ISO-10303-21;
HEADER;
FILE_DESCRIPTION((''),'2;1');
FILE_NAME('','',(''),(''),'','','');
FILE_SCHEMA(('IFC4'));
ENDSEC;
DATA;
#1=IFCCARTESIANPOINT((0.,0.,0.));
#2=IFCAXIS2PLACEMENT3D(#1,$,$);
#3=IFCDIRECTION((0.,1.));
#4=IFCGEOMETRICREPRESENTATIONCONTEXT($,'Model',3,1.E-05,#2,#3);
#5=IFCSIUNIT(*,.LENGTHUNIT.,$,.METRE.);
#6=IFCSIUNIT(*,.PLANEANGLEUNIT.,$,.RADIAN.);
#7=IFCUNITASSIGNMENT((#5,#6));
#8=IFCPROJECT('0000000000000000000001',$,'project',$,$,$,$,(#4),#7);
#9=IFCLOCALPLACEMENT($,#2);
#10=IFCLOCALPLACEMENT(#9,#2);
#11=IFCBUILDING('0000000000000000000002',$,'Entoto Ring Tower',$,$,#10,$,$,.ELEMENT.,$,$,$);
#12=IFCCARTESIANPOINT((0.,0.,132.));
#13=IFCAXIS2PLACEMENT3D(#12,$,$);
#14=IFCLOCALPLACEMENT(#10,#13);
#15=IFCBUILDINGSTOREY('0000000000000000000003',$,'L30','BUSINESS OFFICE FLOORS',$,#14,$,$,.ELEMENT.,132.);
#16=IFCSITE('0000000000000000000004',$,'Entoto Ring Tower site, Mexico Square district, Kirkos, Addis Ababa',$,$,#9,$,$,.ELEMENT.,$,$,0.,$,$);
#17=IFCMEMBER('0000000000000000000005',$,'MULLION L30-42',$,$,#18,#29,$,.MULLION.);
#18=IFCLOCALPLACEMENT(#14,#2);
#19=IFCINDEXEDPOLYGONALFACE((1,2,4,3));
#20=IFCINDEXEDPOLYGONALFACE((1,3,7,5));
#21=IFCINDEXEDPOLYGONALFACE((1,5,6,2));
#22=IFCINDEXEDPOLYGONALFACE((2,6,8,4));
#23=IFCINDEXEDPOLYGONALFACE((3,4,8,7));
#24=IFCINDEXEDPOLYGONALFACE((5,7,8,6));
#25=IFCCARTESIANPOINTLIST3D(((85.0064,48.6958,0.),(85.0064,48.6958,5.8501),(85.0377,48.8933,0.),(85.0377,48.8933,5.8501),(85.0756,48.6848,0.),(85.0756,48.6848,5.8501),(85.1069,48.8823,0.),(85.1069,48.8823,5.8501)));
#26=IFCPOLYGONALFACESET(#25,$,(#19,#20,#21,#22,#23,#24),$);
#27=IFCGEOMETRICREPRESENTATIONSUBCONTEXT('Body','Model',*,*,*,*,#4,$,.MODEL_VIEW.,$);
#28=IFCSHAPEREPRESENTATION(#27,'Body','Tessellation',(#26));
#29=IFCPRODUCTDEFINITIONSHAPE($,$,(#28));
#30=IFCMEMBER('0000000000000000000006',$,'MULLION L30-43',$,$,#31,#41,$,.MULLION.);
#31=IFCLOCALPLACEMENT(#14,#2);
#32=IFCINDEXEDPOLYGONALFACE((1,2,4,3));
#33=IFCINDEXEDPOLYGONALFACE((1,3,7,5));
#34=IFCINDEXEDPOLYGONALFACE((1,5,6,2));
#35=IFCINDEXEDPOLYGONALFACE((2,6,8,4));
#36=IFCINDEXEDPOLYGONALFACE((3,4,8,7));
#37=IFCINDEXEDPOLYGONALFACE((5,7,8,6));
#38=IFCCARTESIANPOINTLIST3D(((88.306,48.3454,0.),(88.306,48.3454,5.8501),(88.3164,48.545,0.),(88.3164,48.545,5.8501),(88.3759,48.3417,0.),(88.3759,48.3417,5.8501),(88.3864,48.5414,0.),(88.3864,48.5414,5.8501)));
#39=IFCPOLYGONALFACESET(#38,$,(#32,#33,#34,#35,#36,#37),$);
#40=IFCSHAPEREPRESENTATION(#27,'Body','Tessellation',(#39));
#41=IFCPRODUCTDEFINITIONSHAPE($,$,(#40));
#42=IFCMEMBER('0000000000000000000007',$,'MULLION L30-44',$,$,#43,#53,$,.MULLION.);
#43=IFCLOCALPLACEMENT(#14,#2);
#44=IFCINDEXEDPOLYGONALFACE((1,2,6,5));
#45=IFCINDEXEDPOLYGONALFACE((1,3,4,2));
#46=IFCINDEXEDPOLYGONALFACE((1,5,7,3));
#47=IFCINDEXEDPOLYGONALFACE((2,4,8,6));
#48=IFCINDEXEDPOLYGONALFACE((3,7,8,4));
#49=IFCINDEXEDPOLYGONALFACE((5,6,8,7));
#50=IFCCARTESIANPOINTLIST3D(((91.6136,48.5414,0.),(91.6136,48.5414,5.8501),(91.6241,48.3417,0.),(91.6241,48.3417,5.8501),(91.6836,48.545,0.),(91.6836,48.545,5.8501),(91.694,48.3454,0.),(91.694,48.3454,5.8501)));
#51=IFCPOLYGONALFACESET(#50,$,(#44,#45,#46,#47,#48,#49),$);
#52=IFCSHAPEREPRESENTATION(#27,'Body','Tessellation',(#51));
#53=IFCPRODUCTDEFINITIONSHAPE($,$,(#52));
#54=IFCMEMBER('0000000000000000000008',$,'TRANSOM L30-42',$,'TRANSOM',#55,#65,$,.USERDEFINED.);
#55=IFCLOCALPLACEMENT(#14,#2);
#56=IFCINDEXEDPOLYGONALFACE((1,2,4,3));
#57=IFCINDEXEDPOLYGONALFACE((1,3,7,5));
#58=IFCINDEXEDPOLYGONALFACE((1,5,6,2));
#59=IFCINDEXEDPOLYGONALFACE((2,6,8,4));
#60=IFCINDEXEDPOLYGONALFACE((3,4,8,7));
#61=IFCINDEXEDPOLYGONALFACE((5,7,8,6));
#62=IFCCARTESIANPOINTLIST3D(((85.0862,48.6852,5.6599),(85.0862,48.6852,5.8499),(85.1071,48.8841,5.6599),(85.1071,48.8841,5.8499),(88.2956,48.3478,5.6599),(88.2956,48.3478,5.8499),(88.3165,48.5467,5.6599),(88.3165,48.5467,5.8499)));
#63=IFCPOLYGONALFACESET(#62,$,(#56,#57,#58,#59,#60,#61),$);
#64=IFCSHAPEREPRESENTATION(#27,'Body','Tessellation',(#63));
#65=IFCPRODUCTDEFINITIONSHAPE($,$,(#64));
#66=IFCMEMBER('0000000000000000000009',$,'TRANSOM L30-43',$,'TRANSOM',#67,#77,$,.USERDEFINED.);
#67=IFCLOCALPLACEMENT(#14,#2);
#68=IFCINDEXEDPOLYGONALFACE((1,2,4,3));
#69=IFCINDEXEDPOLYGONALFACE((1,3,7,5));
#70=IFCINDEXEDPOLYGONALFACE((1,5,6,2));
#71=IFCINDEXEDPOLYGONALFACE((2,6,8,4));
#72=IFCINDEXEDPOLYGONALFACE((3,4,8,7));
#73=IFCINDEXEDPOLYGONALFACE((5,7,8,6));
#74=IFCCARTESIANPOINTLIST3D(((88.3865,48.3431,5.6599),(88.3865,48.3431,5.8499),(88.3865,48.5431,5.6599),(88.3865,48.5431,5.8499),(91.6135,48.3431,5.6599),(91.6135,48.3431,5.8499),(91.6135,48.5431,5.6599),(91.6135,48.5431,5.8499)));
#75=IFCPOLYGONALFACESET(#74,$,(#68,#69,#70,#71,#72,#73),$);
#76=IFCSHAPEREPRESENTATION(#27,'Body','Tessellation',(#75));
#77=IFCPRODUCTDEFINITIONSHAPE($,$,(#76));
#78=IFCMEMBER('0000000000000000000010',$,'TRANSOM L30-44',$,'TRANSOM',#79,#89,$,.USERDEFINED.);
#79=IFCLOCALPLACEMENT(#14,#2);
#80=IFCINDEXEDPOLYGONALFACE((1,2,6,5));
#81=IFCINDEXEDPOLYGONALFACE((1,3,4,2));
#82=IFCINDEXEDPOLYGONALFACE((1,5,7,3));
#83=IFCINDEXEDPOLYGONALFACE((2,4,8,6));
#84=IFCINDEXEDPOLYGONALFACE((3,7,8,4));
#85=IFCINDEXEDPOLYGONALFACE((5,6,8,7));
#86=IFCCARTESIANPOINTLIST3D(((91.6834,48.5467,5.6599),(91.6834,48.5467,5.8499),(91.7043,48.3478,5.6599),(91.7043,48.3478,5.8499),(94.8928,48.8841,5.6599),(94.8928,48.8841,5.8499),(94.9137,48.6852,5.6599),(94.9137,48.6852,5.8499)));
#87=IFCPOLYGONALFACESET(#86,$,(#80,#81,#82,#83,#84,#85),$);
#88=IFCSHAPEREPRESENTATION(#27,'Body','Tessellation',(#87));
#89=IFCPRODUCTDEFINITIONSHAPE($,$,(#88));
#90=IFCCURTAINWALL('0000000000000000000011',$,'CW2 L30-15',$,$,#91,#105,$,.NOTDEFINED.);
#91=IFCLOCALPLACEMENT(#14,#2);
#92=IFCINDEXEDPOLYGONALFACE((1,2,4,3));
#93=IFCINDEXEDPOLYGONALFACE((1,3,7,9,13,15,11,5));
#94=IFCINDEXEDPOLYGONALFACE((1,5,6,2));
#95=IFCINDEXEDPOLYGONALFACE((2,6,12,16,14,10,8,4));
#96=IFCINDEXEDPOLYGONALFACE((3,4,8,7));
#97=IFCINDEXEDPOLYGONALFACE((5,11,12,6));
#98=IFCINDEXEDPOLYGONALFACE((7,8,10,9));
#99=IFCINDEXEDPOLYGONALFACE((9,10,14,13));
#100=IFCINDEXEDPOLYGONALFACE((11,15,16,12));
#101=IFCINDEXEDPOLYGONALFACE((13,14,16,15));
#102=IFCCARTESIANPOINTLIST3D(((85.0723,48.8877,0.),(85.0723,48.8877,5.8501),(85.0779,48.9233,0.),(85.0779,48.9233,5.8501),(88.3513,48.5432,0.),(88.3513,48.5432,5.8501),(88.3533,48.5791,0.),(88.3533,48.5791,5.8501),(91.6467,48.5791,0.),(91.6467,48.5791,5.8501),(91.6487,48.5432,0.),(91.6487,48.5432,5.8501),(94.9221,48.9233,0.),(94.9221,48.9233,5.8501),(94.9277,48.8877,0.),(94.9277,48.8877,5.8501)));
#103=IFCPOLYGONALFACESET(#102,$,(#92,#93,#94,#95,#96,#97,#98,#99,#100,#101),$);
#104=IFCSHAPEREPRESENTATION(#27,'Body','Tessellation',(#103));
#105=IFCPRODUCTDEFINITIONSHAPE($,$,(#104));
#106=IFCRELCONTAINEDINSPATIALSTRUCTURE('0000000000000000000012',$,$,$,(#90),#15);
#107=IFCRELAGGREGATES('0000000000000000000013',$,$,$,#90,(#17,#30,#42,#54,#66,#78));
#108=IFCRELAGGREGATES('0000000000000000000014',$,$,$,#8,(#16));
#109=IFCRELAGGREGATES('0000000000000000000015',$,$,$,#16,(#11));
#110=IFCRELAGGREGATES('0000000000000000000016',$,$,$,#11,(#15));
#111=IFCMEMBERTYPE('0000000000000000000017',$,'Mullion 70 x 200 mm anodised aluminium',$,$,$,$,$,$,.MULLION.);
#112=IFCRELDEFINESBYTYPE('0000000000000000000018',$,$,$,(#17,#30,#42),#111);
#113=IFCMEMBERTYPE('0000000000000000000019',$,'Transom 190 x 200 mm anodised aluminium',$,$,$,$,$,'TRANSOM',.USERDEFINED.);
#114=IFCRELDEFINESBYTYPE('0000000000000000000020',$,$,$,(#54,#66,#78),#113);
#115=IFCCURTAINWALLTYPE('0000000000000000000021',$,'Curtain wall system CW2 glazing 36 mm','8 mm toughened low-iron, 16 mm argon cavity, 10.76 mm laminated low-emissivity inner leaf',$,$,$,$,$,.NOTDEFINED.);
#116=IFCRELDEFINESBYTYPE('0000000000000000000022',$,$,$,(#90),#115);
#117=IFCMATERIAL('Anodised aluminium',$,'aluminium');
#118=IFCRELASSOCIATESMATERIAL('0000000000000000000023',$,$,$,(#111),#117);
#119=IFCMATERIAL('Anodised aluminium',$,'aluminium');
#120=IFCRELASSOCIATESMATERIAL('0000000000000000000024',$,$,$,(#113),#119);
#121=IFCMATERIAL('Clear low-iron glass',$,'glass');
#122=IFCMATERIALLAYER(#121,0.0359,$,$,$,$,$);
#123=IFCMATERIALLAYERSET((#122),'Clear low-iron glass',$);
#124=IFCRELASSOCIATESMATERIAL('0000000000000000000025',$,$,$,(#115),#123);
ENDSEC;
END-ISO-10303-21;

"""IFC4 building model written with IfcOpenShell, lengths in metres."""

from ifc_helpers import new_model, si_unit, direction, frame, origin, origin_2d, place, context, subcontext, project, spatial, polyline, rectangle, outline, extrude, material, layer, layer_set, material_profile, profile_set, type_object, element, aggregate, save


model = new_model("IFC4")

# Units and contexts
model_context = context("Model", 3, precision=1e-05, world=origin(), true_north=direction((0.0, 1.0)))
body_context = subcontext(model_context, "Body", "Model", "MODEL_VIEW")
ifc_project = project(units=[si_unit("LENGTHUNIT", "METRE"), si_unit("PLANEANGLEUNIT", "RADIAN")], contexts=[model_context])

# Members
ifc_material_1 = material(Name="Anodised aluminium", Category="aluminium")
ifc_material_profile_1 = material_profile(ifc_material_1, rectangle(XDim=0.0701, YDim=0.2, at=origin_2d()), Name="Mullion 70 x 200 mm anodised aluminium")
ifc_profile_set_1 = profile_set([ifc_material_profile_1], Name="Anodised aluminium")
member_type_1 = type_object("IfcMemberType", Name="Mullion 70 x 200 mm anodised aluminium", PredefinedType="MULLION", material=ifc_profile_set_1)
site_placement = place(None, origin())
building_placement = place(site_placement, origin())
storey_placement = place(building_placement, frame((0.0, 0.0, 132.0)))
member_1_placement = place(storey_placement, frame((85.0566, 48.7891, 0.0), z_axis=(0.0, 0.0, 1.0), x_axis=(0.987688, -0.156434, 0.0)))
member_1 = element("IfcMember", 1, at=member_1_placement, type_object=member_type_1, Name="MULLION L30-42", PredefinedType="MULLION", context=body_context, shape_type="SweptSolid", body=[
    extrude(rectangle(XDim=0.0701, YDim=0.2, at=origin_2d()), origin(), (0.0, 0.0, 1.0), 5.8501),
])
member_2_placement = place(storey_placement, frame((88.3462, 48.4434, 0.0), z_axis=(0.0, 0.0, 1.0), x_axis=(0.99863, -0.052336, 0.0)))
member_2 = element("IfcMember", 2, at=member_2_placement, type_object=member_type_1, Name="MULLION L30-43", PredefinedType="MULLION", context=body_context, shape_type="SweptSolid", body=[
    extrude(rectangle(XDim=0.0701, YDim=0.2, at=origin_2d()), origin(), (0.0, 0.0, 1.0), 5.8501),
])
member_3_placement = place(storey_placement, frame((91.6538, 48.4434, 0.0), z_axis=(0.0, 0.0, 1.0), x_axis=(0.99863, 0.052336, 0.0)))
member_3 = element("IfcMember", 3, at=member_3_placement, type_object=member_type_1, Name="MULLION L30-44", PredefinedType="MULLION", context=body_context, shape_type="SweptSolid", body=[
    extrude(rectangle(XDim=0.0701, YDim=0.2, at=origin_2d()), origin(), (0.0, 0.0, 1.0), 5.8501),
])
ifc_material_2 = material(Name="Anodised aluminium", Category="aluminium")
ifc_material_profile_2 = material_profile(ifc_material_2, rectangle(XDim=0.2, YDim=0.1899, at=origin_2d()), Name="Transom 190 x 200 mm anodised aluminium")
ifc_profile_set_2 = profile_set([ifc_material_profile_2], Name="Anodised aluminium")
member_type_2 = type_object("IfcMemberType", Name="Transom 190 x 200 mm anodised aluminium", ElementType="TRANSOM", PredefinedType="USERDEFINED", material=ifc_profile_set_2)
member_4_placement = place(storey_placement, frame((85.0967, 48.7847, 5.7549), z_axis=(0.99452, -0.104551, 0.0), x_axis=(0.104551, 0.99452, 0.0)))
member_4 = element("IfcMember", 4, at=member_4_placement, type_object=member_type_2, Name="TRANSOM L30-42", ObjectType="TRANSOM", PredefinedType="USERDEFINED", context=body_context, shape_type="SweptSolid", body=[
    extrude(rectangle(XDim=0.2, YDim=0.1899, at=origin_2d()), origin(), (0.0, 0.0, 1.0), 3.2271),
])
member_5_placement = place(storey_placement, frame((88.3865, 48.4431, 5.7549), z_axis=(1.0, 0.0, 0.0), x_axis=(0.0, 1.0, 0.0)))
member_5 = element("IfcMember", 5, at=member_5_placement, type_object=member_type_2, Name="TRANSOM L30-43", ObjectType="TRANSOM", PredefinedType="USERDEFINED", context=body_context, shape_type="SweptSolid", body=[
    extrude(rectangle(XDim=0.2, YDim=0.1899, at=origin_2d()), origin(), (0.0, 0.0, 1.0), 3.2271),
])
member_6_placement = place(storey_placement, frame((91.6938, 48.4473, 5.7549), z_axis=(0.99452, 0.104551, 0.0), x_axis=(-0.104551, 0.99452, 0.0)))
member_6 = element("IfcMember", 6, at=member_6_placement, type_object=member_type_2, Name="TRANSOM L30-44", ObjectType="TRANSOM", PredefinedType="USERDEFINED", context=body_context, shape_type="SweptSolid", body=[
    extrude(rectangle(XDim=0.2, YDim=0.1899, at=origin_2d()), origin(), (0.0, 0.0, 1.0), 3.2271),
])

# Site, building, storey
site = spatial("IfcSite", under=ifc_project, at=site_placement, Name="Entoto Ring Tower site, Mexico Square district, Kirkos, Addis Ababa", CompositionType="ELEMENT", RefElevation=0.0)
building = spatial("IfcBuilding", under=site, at=building_placement, Name="Entoto Ring Tower", CompositionType="ELEMENT")
storey = spatial("IfcBuildingStorey", under=building, at=storey_placement, Name="L30", Description="BUSINESS OFFICE FLOORS", CompositionType="ELEMENT", Elevation=132.0)

# Curtain wall
ifc_material_3 = material(Name="Clear low-iron glass", Category="glass")
ifc_layer = layer(ifc_material_3, 0.0359)
ifc_layer_set = layer_set([ifc_layer], Name="Clear low-iron glass")
curtain_wall_type = type_object("IfcCurtainWallType", Name="Curtain wall system CW2 glazing 36 mm", Description="8 mm toughened low-iron, 16 mm argon cavity, 10.76 mm laminated low-emissivity inner leaf", PredefinedType="NOTDEFINED", material=ifc_layer_set)
curtain_wall_1_placement = place(storey_placement, origin())
curtain_wall_1 = element("IfcCurtainWall", 7, at=curtain_wall_1_placement, inside=storey, type_object=curtain_wall_type, Name="CW2 L30-15", PredefinedType="NOTDEFINED", context=body_context, shape_type="SweptSolid", body=[
    extrude(outline(polyline([(85.0723, 48.8877), (88.3513, 48.5432), (91.6487, 48.5432), (94.9277, 48.8877), (94.9221, 48.9233), (91.6467, 48.5791), (88.3533, 48.5791), (85.0779, 48.9233), (85.0723, 48.8877)])), origin(), (0.0, 0.0, 1.0), 5.8501),
])
aggregate(curtain_wall_1, [member_1, member_2, member_3, member_4, member_5, member_6])

save(model, "model.ifc")
